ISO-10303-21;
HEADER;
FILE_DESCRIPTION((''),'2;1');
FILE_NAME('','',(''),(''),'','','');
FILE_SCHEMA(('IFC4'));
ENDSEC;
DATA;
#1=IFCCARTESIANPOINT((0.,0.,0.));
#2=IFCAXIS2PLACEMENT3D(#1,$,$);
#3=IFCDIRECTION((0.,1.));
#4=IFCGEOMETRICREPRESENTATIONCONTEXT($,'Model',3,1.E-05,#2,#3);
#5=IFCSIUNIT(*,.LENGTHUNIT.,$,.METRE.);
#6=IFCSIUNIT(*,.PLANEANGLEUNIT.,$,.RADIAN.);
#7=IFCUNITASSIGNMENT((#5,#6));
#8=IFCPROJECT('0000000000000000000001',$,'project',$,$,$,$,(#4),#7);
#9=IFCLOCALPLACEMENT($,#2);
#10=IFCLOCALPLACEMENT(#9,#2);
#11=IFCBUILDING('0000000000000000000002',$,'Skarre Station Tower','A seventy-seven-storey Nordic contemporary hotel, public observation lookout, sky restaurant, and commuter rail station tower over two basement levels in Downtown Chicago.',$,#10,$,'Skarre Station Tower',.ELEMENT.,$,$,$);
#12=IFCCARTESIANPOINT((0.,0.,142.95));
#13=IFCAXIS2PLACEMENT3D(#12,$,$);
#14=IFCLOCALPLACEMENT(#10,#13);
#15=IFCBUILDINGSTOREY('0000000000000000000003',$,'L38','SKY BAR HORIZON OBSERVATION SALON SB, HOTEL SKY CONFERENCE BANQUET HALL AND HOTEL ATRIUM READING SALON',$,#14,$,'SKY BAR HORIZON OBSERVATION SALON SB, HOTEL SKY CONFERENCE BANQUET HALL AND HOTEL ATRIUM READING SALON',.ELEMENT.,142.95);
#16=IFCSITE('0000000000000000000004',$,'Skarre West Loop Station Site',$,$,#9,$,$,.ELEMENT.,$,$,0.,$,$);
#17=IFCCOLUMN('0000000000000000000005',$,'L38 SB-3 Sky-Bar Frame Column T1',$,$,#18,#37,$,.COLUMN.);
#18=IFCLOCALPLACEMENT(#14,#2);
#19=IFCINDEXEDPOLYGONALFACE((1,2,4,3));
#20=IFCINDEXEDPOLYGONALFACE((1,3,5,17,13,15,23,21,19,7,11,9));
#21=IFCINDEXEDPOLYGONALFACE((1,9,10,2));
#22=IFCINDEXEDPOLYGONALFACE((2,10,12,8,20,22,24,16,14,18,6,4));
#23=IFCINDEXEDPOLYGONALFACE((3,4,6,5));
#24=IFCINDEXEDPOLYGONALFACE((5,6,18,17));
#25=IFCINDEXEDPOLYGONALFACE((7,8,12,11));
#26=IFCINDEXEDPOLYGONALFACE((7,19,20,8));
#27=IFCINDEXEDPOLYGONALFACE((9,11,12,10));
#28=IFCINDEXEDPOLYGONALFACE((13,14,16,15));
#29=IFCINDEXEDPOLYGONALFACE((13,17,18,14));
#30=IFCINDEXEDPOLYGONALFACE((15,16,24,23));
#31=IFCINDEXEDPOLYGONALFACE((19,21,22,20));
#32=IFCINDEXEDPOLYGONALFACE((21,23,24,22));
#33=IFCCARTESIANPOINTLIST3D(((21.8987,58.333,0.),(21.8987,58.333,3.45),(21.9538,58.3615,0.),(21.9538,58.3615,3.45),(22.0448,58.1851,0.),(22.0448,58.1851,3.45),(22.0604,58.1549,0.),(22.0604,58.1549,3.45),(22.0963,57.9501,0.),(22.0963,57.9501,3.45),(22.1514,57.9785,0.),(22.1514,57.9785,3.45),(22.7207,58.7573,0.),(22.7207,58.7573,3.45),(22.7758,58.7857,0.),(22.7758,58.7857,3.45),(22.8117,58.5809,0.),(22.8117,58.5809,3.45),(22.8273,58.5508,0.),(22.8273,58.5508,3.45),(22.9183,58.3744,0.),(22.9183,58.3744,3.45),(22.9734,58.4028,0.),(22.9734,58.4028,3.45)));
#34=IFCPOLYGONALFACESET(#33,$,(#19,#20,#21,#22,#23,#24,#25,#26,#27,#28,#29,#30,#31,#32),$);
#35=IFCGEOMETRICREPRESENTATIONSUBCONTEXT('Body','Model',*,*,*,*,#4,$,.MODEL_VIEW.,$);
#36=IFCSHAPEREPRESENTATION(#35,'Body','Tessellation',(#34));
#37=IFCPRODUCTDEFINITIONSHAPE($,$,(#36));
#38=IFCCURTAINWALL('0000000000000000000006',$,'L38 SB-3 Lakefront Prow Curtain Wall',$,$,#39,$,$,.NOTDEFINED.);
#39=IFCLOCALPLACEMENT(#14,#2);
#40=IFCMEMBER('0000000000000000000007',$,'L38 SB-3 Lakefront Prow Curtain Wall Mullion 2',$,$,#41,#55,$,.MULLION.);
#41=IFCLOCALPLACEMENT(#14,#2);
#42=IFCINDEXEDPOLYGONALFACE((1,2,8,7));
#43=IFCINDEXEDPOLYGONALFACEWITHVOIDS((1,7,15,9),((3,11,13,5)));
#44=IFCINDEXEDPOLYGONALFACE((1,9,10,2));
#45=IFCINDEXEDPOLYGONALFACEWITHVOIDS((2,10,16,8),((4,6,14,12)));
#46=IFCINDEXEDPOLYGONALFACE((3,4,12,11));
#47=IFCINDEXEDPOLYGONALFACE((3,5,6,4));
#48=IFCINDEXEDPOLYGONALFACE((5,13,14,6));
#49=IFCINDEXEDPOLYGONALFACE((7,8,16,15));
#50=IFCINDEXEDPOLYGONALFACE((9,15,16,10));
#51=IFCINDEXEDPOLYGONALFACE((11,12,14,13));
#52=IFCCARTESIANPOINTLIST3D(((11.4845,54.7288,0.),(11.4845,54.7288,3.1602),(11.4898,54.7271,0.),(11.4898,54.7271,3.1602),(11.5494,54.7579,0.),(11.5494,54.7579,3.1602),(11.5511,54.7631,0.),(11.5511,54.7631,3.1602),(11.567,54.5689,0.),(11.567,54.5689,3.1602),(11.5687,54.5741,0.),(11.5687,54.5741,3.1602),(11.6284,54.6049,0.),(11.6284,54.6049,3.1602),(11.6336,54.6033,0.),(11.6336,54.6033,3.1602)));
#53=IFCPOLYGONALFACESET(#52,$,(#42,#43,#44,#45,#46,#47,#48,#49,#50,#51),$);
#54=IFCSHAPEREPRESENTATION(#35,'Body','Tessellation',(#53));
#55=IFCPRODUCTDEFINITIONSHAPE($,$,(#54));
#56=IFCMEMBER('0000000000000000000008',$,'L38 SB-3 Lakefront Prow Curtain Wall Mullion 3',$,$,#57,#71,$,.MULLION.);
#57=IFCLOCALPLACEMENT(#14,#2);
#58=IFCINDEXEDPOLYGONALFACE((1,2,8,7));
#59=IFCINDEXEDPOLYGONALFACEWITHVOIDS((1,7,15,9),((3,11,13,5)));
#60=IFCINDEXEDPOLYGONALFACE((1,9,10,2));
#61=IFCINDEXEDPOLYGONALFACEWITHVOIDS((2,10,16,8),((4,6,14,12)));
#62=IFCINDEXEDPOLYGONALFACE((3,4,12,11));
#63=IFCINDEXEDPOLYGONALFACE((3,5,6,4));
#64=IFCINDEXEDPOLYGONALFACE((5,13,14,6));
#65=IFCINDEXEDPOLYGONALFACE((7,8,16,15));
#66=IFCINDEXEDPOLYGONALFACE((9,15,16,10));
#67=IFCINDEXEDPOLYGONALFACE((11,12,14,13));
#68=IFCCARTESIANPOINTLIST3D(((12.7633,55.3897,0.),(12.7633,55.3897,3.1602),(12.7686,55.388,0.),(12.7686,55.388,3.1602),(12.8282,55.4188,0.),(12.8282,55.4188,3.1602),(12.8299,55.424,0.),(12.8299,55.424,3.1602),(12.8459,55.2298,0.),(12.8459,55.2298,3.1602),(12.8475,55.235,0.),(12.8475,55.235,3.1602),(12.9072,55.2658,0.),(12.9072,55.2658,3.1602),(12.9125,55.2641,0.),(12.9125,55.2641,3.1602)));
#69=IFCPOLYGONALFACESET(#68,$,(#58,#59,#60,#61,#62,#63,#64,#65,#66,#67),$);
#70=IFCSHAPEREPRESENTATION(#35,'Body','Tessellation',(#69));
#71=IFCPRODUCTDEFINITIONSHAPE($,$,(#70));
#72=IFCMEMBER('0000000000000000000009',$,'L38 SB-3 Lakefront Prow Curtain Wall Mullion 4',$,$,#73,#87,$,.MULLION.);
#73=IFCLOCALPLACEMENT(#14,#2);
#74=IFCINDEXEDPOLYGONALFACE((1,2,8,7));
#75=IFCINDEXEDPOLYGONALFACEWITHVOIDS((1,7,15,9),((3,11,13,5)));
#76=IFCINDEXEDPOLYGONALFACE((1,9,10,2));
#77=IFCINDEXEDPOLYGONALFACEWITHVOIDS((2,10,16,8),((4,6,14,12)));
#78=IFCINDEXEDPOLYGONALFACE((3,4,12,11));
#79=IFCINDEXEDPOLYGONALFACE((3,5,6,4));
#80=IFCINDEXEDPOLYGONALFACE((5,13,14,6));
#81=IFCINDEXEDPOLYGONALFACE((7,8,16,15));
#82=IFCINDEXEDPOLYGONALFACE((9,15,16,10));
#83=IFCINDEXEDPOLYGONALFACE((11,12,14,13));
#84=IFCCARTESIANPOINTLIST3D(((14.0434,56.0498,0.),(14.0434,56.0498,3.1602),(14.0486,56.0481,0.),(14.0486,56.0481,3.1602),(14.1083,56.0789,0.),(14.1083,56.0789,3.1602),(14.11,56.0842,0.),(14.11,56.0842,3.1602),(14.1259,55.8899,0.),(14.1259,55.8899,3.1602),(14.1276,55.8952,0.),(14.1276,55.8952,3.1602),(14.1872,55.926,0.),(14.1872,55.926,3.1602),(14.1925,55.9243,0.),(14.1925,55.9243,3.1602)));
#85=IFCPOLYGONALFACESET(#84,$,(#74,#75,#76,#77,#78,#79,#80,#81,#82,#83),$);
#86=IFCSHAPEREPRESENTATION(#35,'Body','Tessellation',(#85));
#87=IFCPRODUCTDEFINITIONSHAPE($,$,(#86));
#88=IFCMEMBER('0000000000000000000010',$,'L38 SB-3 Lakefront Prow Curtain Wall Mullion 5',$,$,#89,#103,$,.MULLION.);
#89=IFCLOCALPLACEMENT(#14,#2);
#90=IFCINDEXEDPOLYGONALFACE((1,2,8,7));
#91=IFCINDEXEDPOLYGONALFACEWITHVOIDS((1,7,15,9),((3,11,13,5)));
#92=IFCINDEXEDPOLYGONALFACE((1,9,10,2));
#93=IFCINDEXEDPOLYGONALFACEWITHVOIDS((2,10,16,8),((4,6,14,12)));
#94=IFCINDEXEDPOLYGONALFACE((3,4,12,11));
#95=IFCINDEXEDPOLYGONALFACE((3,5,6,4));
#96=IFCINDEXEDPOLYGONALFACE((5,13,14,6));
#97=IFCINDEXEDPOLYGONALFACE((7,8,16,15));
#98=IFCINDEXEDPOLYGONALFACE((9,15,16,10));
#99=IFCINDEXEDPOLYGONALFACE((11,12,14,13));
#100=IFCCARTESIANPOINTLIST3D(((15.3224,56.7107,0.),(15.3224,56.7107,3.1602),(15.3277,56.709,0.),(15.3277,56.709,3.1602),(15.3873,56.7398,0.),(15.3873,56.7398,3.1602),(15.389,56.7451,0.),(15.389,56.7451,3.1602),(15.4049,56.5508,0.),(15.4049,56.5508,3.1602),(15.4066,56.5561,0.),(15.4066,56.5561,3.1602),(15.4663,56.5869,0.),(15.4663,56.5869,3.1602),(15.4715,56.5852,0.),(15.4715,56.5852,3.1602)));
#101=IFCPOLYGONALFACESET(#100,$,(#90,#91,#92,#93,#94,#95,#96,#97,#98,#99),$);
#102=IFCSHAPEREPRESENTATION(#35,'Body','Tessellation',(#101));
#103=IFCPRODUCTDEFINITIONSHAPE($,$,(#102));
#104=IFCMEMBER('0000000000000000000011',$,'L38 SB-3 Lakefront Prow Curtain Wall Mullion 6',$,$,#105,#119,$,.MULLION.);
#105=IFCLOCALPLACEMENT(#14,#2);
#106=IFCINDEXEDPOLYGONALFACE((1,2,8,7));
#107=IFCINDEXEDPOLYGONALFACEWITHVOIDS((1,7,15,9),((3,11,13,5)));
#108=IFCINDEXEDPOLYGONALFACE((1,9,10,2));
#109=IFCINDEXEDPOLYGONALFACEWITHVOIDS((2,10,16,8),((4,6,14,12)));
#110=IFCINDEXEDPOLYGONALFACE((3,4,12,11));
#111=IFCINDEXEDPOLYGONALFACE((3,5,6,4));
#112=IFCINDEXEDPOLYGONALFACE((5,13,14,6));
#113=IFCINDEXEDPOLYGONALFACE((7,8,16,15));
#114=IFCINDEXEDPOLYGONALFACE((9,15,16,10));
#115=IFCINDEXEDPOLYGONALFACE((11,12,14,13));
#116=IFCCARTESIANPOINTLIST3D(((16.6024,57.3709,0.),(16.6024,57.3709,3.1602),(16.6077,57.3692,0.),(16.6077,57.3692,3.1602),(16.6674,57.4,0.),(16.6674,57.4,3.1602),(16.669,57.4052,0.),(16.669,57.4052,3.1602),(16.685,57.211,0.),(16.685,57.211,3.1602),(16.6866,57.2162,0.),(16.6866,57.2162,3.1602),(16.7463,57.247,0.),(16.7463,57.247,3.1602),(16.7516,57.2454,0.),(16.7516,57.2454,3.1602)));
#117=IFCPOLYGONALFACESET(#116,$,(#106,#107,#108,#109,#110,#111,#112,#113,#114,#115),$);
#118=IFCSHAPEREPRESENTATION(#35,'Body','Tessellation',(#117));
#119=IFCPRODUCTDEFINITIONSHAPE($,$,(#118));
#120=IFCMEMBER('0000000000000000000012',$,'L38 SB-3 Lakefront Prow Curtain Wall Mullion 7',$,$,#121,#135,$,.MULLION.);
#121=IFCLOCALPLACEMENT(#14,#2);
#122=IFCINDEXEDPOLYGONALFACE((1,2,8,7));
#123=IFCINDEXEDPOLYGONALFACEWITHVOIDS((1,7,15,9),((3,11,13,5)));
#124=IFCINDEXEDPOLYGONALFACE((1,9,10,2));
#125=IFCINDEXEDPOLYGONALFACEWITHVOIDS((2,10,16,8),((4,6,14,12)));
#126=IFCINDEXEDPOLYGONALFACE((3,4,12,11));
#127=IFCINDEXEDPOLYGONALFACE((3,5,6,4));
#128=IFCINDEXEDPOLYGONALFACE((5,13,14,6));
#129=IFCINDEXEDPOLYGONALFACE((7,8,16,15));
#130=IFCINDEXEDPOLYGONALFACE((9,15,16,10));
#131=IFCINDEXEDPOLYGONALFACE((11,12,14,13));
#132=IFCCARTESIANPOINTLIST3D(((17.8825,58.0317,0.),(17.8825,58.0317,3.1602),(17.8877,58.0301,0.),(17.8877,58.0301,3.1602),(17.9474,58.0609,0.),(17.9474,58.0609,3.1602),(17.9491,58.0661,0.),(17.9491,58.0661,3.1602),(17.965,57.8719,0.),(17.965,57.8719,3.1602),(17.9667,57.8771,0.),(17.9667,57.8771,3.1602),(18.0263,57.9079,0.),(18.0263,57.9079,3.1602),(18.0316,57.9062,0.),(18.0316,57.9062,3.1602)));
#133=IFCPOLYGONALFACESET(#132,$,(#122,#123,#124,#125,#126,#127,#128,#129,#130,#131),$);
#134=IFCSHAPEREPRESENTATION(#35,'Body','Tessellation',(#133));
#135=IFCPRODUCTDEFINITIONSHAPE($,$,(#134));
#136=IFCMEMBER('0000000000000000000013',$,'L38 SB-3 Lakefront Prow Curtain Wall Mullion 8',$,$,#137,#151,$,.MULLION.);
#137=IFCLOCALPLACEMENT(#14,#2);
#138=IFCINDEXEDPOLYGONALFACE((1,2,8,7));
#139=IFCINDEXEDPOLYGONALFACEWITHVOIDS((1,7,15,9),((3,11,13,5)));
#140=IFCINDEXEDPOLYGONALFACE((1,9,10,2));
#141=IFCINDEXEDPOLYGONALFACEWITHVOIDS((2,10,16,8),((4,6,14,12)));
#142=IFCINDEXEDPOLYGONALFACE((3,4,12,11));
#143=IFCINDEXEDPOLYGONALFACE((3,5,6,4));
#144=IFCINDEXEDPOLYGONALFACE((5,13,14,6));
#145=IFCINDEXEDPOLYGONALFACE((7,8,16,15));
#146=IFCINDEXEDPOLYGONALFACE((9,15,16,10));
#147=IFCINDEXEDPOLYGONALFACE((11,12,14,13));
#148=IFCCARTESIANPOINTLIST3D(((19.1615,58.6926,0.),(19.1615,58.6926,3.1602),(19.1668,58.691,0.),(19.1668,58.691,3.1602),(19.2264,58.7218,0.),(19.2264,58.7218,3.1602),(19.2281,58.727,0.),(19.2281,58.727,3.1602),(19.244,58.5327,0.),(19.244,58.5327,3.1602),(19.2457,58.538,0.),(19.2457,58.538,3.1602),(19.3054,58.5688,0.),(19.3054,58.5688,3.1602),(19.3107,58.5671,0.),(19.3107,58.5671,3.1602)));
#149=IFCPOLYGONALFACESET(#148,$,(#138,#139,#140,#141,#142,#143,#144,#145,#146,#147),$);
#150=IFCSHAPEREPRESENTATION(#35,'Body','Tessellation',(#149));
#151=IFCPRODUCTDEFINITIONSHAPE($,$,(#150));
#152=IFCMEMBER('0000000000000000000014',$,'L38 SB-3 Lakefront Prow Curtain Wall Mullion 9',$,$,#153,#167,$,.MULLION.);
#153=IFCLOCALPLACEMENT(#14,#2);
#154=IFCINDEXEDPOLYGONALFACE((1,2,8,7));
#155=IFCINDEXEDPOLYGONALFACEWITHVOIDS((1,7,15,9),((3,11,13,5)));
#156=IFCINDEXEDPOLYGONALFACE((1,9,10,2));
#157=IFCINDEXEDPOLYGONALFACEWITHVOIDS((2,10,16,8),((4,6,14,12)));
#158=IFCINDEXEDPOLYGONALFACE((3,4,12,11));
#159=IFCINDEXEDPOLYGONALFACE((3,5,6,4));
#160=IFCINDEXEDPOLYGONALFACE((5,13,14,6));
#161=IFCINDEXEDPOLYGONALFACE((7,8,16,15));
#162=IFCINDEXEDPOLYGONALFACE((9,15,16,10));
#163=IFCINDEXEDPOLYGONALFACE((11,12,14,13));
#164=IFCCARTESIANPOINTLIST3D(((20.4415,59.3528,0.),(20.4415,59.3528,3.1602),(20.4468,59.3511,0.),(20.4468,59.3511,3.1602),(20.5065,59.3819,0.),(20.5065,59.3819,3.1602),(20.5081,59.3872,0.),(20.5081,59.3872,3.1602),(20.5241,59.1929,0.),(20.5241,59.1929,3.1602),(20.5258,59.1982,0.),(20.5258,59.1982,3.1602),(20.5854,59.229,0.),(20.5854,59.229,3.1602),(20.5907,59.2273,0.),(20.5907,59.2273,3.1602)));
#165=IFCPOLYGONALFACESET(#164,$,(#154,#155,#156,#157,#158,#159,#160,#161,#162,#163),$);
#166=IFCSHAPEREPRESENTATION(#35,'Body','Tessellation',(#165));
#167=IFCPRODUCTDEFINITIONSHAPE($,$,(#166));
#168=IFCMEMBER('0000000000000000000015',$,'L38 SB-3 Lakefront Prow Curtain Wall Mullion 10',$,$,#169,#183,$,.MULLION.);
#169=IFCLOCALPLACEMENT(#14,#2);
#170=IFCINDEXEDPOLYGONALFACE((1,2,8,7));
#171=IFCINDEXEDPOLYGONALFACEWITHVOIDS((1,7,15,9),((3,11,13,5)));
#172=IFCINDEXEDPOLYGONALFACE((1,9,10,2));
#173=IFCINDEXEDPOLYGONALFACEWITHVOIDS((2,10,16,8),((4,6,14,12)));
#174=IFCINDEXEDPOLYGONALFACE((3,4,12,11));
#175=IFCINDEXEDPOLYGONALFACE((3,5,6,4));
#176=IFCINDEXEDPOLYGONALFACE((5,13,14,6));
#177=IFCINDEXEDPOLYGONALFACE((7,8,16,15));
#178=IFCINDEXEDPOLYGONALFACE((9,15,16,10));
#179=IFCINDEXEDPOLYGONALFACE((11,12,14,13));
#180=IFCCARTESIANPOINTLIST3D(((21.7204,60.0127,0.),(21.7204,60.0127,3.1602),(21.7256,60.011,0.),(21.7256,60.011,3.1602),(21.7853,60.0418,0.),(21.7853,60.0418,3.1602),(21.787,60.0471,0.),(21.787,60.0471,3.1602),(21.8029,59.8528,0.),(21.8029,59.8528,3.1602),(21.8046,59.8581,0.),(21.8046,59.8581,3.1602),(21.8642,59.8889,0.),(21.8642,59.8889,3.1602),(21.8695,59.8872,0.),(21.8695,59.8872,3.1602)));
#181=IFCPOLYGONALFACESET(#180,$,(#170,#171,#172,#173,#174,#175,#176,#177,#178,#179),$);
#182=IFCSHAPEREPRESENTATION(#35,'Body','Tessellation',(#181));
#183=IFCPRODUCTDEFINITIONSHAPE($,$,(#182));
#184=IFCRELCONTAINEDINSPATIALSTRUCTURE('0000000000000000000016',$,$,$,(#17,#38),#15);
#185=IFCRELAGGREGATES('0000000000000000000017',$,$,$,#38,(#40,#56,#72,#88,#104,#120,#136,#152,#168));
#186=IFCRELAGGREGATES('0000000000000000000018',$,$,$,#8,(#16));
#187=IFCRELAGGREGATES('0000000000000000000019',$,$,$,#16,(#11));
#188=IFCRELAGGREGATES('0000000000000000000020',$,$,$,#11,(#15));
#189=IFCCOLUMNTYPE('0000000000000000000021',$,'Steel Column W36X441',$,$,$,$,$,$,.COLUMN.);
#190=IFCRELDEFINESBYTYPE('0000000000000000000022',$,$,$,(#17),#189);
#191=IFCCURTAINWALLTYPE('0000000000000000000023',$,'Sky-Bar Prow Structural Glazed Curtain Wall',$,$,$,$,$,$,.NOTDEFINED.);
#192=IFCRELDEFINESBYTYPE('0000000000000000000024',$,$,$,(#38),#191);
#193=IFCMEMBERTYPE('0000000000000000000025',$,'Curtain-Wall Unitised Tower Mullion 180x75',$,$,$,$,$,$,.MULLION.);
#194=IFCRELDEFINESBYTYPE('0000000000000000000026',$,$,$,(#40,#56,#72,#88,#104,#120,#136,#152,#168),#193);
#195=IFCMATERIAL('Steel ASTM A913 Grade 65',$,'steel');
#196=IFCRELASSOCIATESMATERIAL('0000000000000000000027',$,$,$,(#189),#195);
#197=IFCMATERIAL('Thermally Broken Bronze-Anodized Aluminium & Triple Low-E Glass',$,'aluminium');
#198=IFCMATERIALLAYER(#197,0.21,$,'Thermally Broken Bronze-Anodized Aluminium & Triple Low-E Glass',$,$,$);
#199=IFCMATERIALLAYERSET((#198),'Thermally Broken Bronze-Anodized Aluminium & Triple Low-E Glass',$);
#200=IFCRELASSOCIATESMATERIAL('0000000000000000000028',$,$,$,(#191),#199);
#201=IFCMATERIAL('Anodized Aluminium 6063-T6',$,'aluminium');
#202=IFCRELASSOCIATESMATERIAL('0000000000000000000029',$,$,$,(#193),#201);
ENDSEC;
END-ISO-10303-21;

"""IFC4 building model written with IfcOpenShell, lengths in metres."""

from ifc_helpers import new_model, si_unit, direction, frame, origin, origin_2d, place, context, subcontext, project, spatial, hollow_rectangle, i_section, extrude, material, layer, layer_set, material_profile, profile_set, type_object, element, aggregate, save


model = new_model("IFC4")

# Units and contexts
model_context = context("Model", 3, precision=1e-05, world=origin(), true_north=direction((0.0, 1.0)))
body_context = subcontext(model_context, "Body", "Model", "MODEL_VIEW")
ifc_project = project(units=[si_unit("LENGTHUNIT", "METRE"), si_unit("PLANEANGLEUNIT", "RADIAN")], contexts=[model_context])

# Site, building, storey
site_placement = place(None, origin())
site = spatial("IfcSite", under=ifc_project, at=site_placement, Name="Skarre West Loop Station Site", CompositionType="ELEMENT", RefElevation=0.0)
building_placement = place(site_placement, origin())
building = spatial("IfcBuilding", under=site, at=building_placement, Name="Skarre Station Tower", Description="A seventy-seven-storey Nordic contemporary hotel, public observation lookout, sky restaurant, and commuter rail station tower over two basement levels in Downtown Chicago.", LongName="Skarre Station Tower", CompositionType="ELEMENT")
storey_placement = place(building_placement, frame((0.0, 0.0, 142.95)))
storey = spatial("IfcBuildingStorey", under=building, at=storey_placement, Name="L38", Description="SKY BAR HORIZON OBSERVATION SALON SB, HOTEL SKY CONFERENCE BANQUET HALL AND HOTEL ATRIUM READING SALON", LongName="SKY BAR HORIZON OBSERVATION SALON SB, HOTEL SKY CONFERENCE BANQUET HALL AND HOTEL ATRIUM READING SALON", CompositionType="ELEMENT", Elevation=142.95)

# Column
ifc_material_1 = material(Name="Steel ASTM A913 Grade 65", Category="steel")
ifc_material_profile_1 = material_profile(ifc_material_1, i_section(OverallWidth=0.4309, OverallDepth=0.9871, WebThickness=0.0339, FlangeThickness=0.062, at=origin_2d()), Name="Steel ASTM A913 Grade 65")
ifc_profile_set_1 = profile_set([ifc_material_profile_1], Name="Steel ASTM A913 Grade 65")
column_type = type_object("IfcColumnType", Name="Steel Column W36X441", PredefinedType="COLUMN", material=ifc_profile_set_1)
column_placement = place(storey_placement, frame((22.436, 58.3679, 0.0), z_axis=(0.0, 0.0, 1.0), x_axis=(-0.45865, 0.888617, 0.0)))
element("IfcColumn", 1, at=column_placement, inside=storey, type_object=column_type, Name="L38 SB-3 Sky-Bar Frame Column T1", PredefinedType="COLUMN", context=body_context, shape_type="SweptSolid", body=[
    extrude(i_section(OverallWidth=0.4309, OverallDepth=0.9871, WebThickness=0.0339, FlangeThickness=0.062, at=origin_2d()), origin(), (0.0, 0.0, 1.0), 3.45),
])

# Curtain wall, members
ifc_material_2 = material(Name="Thermally Broken Bronze-Anodized Aluminium & Triple Low-E Glass", Category="aluminium")
ifc_layer_1 = layer(ifc_material_2, 0.21, Name="Thermally Broken Bronze-Anodized Aluminium & Triple Low-E Glass")
ifc_layer_set_1 = layer_set([ifc_layer_1], Name="Thermally Broken Bronze-Anodized Aluminium & Triple Low-E Glass")
curtain_wall_type = type_object("IfcCurtainWallType", Name="Sky-Bar Prow Structural Glazed Curtain Wall", PredefinedType="NOTDEFINED", material=ifc_layer_set_1)
curtain_wall_placement = place(storey_placement, origin())
curtain_wall = element("IfcCurtainWall", 2, at=curtain_wall_placement, inside=storey, type_object=curtain_wall_type, Name="L38 SB-3 Lakefront Prow Curtain Wall", PredefinedType="NOTDEFINED")
ifc_material_3 = material(Name="Anodized Aluminium 6063-T6", Category="aluminium")
ifc_material_profile_2 = material_profile(ifc_material_3, hollow_rectangle(XDim=0.075, YDim=0.1799, WallThickness=0.0039, at=origin_2d()), Name="Anodized Aluminium 6063-T6")
ifc_profile_set_2 = profile_set([ifc_material_profile_2], Name="Anodized Aluminium 6063-T6")
member_type = type_object("IfcMemberType", Name="Curtain-Wall Unitised Tower Mullion 180x75", PredefinedType="MULLION", material=ifc_profile_set_2)
member_1_placement = place(storey_placement, frame((11.5591, 54.666, 0.0), z_axis=(0.0, 0.0, 1.0), x_axis=(0.888601, 0.458681, 0.0)))
member_1 = element("IfcMember", 3, at=member_1_placement, type_object=member_type, Name="L38 SB-3 Lakefront Prow Curtain Wall Mullion 2", PredefinedType="MULLION", context=body_context, shape_type="SweptSolid", body=[
    extrude(hollow_rectangle(XDim=0.075, YDim=0.1799, WallThickness=0.0039, at=origin_2d()), origin(), (0.0, 0.0, 1.0), 3.1602),
])
member_2_placement = place(storey_placement, frame((12.8379, 55.3269, 0.0), z_axis=(0.0, 0.0, 1.0), x_axis=(0.888601, 0.458681, 0.0)))
member_2 = element("IfcMember", 4, at=member_2_placement, type_object=member_type, Name="L38 SB-3 Lakefront Prow Curtain Wall Mullion 3", PredefinedType="MULLION", context=body_context, shape_type="SweptSolid", body=[
    extrude(hollow_rectangle(XDim=0.075, YDim=0.1799, WallThickness=0.0039, at=origin_2d()), origin(), (0.0, 0.0, 1.0), 3.1602),
])
member_3_placement = place(storey_placement, frame((14.1179, 55.9871, 0.0), z_axis=(0.0, 0.0, 1.0), x_axis=(0.888601, 0.458681, 0.0)))
member_3 = element("IfcMember", 5, at=member_3_placement, type_object=member_type, Name="L38 SB-3 Lakefront Prow Curtain Wall Mullion 4", PredefinedType="MULLION", context=body_context, shape_type="SweptSolid", body=[
    extrude(hollow_rectangle(XDim=0.075, YDim=0.1799, WallThickness=0.0039, at=origin_2d()), origin(), (0.0, 0.0, 1.0), 3.1602),
])
member_4_placement = place(storey_placement, frame((15.397, 56.6479, 0.0), z_axis=(0.0, 0.0, 1.0), x_axis=(0.888601, 0.458681, 0.0)))
member_4 = element("IfcMember", 6, at=member_4_placement, type_object=member_type, Name="L38 SB-3 Lakefront Prow Curtain Wall Mullion 5", PredefinedType="MULLION", context=body_context, shape_type="SweptSolid", body=[
    extrude(hollow_rectangle(XDim=0.075, YDim=0.1799, WallThickness=0.0039, at=origin_2d()), origin(), (0.0, 0.0, 1.0), 3.1602),
])
member_5_placement = place(storey_placement, frame((16.677, 57.3081, 0.0), z_axis=(0.0, 0.0, 1.0), x_axis=(0.888601, 0.458681, 0.0)))
member_5 = element("IfcMember", 7, at=member_5_placement, type_object=member_type, Name="L38 SB-3 Lakefront Prow Curtain Wall Mullion 6", PredefinedType="MULLION", context=body_context, shape_type="SweptSolid", body=[
    extrude(hollow_rectangle(XDim=0.075, YDim=0.1799, WallThickness=0.0039, at=origin_2d()), origin(), (0.0, 0.0, 1.0), 3.1602),
])
member_6_placement = place(storey_placement, frame((17.957, 57.969, 0.0), z_axis=(0.0, 0.0, 1.0), x_axis=(0.888601, 0.458681, 0.0)))
member_6 = element("IfcMember", 8, at=member_6_placement, type_object=member_type, Name="L38 SB-3 Lakefront Prow Curtain Wall Mullion 7", PredefinedType="MULLION", context=body_context, shape_type="SweptSolid", body=[
    extrude(hollow_rectangle(XDim=0.075, YDim=0.1799, WallThickness=0.0039, at=origin_2d()), origin(), (0.0, 0.0, 1.0), 3.1602),
])
member_7_placement = place(storey_placement, frame((19.2361, 58.6299, 0.0), z_axis=(0.0, 0.0, 1.0), x_axis=(0.888601, 0.458681, 0.0)))
member_7 = element("IfcMember", 9, at=member_7_placement, type_object=member_type, Name="L38 SB-3 Lakefront Prow Curtain Wall Mullion 8", PredefinedType="MULLION", context=body_context, shape_type="SweptSolid", body=[
    extrude(hollow_rectangle(XDim=0.075, YDim=0.1799, WallThickness=0.0039, at=origin_2d()), origin(), (0.0, 0.0, 1.0), 3.1602),
])
member_8_placement = place(storey_placement, frame((20.5161, 59.29, 0.0), z_axis=(0.0, 0.0, 1.0), x_axis=(0.888601, 0.458681, 0.0)))
member_8 = element("IfcMember", 10, at=member_8_placement, type_object=member_type, Name="L38 SB-3 Lakefront Prow Curtain Wall Mullion 9", PredefinedType="MULLION", context=body_context, shape_type="SweptSolid", body=[
    extrude(hollow_rectangle(XDim=0.075, YDim=0.1799, WallThickness=0.0039, at=origin_2d()), origin(), (0.0, 0.0, 1.0), 3.1602),
])
member_9_placement = place(storey_placement, frame((21.7949, 59.95, 0.0), z_axis=(0.0, 0.0, 1.0), x_axis=(0.888601, 0.458681, 0.0)))
member_9 = element("IfcMember", 11, at=member_9_placement, type_object=member_type, Name="L38 SB-3 Lakefront Prow Curtain Wall Mullion 10", PredefinedType="MULLION", context=body_context, shape_type="SweptSolid", body=[
    extrude(hollow_rectangle(XDim=0.075, YDim=0.1799, WallThickness=0.0039, at=origin_2d()), origin(), (0.0, 0.0, 1.0), 3.1602),
])

aggregate(curtain_wall, [member_1, member_2, member_3, member_4, member_5, member_6, member_7, member_8, member_9])

save(model, "model.ifc")
